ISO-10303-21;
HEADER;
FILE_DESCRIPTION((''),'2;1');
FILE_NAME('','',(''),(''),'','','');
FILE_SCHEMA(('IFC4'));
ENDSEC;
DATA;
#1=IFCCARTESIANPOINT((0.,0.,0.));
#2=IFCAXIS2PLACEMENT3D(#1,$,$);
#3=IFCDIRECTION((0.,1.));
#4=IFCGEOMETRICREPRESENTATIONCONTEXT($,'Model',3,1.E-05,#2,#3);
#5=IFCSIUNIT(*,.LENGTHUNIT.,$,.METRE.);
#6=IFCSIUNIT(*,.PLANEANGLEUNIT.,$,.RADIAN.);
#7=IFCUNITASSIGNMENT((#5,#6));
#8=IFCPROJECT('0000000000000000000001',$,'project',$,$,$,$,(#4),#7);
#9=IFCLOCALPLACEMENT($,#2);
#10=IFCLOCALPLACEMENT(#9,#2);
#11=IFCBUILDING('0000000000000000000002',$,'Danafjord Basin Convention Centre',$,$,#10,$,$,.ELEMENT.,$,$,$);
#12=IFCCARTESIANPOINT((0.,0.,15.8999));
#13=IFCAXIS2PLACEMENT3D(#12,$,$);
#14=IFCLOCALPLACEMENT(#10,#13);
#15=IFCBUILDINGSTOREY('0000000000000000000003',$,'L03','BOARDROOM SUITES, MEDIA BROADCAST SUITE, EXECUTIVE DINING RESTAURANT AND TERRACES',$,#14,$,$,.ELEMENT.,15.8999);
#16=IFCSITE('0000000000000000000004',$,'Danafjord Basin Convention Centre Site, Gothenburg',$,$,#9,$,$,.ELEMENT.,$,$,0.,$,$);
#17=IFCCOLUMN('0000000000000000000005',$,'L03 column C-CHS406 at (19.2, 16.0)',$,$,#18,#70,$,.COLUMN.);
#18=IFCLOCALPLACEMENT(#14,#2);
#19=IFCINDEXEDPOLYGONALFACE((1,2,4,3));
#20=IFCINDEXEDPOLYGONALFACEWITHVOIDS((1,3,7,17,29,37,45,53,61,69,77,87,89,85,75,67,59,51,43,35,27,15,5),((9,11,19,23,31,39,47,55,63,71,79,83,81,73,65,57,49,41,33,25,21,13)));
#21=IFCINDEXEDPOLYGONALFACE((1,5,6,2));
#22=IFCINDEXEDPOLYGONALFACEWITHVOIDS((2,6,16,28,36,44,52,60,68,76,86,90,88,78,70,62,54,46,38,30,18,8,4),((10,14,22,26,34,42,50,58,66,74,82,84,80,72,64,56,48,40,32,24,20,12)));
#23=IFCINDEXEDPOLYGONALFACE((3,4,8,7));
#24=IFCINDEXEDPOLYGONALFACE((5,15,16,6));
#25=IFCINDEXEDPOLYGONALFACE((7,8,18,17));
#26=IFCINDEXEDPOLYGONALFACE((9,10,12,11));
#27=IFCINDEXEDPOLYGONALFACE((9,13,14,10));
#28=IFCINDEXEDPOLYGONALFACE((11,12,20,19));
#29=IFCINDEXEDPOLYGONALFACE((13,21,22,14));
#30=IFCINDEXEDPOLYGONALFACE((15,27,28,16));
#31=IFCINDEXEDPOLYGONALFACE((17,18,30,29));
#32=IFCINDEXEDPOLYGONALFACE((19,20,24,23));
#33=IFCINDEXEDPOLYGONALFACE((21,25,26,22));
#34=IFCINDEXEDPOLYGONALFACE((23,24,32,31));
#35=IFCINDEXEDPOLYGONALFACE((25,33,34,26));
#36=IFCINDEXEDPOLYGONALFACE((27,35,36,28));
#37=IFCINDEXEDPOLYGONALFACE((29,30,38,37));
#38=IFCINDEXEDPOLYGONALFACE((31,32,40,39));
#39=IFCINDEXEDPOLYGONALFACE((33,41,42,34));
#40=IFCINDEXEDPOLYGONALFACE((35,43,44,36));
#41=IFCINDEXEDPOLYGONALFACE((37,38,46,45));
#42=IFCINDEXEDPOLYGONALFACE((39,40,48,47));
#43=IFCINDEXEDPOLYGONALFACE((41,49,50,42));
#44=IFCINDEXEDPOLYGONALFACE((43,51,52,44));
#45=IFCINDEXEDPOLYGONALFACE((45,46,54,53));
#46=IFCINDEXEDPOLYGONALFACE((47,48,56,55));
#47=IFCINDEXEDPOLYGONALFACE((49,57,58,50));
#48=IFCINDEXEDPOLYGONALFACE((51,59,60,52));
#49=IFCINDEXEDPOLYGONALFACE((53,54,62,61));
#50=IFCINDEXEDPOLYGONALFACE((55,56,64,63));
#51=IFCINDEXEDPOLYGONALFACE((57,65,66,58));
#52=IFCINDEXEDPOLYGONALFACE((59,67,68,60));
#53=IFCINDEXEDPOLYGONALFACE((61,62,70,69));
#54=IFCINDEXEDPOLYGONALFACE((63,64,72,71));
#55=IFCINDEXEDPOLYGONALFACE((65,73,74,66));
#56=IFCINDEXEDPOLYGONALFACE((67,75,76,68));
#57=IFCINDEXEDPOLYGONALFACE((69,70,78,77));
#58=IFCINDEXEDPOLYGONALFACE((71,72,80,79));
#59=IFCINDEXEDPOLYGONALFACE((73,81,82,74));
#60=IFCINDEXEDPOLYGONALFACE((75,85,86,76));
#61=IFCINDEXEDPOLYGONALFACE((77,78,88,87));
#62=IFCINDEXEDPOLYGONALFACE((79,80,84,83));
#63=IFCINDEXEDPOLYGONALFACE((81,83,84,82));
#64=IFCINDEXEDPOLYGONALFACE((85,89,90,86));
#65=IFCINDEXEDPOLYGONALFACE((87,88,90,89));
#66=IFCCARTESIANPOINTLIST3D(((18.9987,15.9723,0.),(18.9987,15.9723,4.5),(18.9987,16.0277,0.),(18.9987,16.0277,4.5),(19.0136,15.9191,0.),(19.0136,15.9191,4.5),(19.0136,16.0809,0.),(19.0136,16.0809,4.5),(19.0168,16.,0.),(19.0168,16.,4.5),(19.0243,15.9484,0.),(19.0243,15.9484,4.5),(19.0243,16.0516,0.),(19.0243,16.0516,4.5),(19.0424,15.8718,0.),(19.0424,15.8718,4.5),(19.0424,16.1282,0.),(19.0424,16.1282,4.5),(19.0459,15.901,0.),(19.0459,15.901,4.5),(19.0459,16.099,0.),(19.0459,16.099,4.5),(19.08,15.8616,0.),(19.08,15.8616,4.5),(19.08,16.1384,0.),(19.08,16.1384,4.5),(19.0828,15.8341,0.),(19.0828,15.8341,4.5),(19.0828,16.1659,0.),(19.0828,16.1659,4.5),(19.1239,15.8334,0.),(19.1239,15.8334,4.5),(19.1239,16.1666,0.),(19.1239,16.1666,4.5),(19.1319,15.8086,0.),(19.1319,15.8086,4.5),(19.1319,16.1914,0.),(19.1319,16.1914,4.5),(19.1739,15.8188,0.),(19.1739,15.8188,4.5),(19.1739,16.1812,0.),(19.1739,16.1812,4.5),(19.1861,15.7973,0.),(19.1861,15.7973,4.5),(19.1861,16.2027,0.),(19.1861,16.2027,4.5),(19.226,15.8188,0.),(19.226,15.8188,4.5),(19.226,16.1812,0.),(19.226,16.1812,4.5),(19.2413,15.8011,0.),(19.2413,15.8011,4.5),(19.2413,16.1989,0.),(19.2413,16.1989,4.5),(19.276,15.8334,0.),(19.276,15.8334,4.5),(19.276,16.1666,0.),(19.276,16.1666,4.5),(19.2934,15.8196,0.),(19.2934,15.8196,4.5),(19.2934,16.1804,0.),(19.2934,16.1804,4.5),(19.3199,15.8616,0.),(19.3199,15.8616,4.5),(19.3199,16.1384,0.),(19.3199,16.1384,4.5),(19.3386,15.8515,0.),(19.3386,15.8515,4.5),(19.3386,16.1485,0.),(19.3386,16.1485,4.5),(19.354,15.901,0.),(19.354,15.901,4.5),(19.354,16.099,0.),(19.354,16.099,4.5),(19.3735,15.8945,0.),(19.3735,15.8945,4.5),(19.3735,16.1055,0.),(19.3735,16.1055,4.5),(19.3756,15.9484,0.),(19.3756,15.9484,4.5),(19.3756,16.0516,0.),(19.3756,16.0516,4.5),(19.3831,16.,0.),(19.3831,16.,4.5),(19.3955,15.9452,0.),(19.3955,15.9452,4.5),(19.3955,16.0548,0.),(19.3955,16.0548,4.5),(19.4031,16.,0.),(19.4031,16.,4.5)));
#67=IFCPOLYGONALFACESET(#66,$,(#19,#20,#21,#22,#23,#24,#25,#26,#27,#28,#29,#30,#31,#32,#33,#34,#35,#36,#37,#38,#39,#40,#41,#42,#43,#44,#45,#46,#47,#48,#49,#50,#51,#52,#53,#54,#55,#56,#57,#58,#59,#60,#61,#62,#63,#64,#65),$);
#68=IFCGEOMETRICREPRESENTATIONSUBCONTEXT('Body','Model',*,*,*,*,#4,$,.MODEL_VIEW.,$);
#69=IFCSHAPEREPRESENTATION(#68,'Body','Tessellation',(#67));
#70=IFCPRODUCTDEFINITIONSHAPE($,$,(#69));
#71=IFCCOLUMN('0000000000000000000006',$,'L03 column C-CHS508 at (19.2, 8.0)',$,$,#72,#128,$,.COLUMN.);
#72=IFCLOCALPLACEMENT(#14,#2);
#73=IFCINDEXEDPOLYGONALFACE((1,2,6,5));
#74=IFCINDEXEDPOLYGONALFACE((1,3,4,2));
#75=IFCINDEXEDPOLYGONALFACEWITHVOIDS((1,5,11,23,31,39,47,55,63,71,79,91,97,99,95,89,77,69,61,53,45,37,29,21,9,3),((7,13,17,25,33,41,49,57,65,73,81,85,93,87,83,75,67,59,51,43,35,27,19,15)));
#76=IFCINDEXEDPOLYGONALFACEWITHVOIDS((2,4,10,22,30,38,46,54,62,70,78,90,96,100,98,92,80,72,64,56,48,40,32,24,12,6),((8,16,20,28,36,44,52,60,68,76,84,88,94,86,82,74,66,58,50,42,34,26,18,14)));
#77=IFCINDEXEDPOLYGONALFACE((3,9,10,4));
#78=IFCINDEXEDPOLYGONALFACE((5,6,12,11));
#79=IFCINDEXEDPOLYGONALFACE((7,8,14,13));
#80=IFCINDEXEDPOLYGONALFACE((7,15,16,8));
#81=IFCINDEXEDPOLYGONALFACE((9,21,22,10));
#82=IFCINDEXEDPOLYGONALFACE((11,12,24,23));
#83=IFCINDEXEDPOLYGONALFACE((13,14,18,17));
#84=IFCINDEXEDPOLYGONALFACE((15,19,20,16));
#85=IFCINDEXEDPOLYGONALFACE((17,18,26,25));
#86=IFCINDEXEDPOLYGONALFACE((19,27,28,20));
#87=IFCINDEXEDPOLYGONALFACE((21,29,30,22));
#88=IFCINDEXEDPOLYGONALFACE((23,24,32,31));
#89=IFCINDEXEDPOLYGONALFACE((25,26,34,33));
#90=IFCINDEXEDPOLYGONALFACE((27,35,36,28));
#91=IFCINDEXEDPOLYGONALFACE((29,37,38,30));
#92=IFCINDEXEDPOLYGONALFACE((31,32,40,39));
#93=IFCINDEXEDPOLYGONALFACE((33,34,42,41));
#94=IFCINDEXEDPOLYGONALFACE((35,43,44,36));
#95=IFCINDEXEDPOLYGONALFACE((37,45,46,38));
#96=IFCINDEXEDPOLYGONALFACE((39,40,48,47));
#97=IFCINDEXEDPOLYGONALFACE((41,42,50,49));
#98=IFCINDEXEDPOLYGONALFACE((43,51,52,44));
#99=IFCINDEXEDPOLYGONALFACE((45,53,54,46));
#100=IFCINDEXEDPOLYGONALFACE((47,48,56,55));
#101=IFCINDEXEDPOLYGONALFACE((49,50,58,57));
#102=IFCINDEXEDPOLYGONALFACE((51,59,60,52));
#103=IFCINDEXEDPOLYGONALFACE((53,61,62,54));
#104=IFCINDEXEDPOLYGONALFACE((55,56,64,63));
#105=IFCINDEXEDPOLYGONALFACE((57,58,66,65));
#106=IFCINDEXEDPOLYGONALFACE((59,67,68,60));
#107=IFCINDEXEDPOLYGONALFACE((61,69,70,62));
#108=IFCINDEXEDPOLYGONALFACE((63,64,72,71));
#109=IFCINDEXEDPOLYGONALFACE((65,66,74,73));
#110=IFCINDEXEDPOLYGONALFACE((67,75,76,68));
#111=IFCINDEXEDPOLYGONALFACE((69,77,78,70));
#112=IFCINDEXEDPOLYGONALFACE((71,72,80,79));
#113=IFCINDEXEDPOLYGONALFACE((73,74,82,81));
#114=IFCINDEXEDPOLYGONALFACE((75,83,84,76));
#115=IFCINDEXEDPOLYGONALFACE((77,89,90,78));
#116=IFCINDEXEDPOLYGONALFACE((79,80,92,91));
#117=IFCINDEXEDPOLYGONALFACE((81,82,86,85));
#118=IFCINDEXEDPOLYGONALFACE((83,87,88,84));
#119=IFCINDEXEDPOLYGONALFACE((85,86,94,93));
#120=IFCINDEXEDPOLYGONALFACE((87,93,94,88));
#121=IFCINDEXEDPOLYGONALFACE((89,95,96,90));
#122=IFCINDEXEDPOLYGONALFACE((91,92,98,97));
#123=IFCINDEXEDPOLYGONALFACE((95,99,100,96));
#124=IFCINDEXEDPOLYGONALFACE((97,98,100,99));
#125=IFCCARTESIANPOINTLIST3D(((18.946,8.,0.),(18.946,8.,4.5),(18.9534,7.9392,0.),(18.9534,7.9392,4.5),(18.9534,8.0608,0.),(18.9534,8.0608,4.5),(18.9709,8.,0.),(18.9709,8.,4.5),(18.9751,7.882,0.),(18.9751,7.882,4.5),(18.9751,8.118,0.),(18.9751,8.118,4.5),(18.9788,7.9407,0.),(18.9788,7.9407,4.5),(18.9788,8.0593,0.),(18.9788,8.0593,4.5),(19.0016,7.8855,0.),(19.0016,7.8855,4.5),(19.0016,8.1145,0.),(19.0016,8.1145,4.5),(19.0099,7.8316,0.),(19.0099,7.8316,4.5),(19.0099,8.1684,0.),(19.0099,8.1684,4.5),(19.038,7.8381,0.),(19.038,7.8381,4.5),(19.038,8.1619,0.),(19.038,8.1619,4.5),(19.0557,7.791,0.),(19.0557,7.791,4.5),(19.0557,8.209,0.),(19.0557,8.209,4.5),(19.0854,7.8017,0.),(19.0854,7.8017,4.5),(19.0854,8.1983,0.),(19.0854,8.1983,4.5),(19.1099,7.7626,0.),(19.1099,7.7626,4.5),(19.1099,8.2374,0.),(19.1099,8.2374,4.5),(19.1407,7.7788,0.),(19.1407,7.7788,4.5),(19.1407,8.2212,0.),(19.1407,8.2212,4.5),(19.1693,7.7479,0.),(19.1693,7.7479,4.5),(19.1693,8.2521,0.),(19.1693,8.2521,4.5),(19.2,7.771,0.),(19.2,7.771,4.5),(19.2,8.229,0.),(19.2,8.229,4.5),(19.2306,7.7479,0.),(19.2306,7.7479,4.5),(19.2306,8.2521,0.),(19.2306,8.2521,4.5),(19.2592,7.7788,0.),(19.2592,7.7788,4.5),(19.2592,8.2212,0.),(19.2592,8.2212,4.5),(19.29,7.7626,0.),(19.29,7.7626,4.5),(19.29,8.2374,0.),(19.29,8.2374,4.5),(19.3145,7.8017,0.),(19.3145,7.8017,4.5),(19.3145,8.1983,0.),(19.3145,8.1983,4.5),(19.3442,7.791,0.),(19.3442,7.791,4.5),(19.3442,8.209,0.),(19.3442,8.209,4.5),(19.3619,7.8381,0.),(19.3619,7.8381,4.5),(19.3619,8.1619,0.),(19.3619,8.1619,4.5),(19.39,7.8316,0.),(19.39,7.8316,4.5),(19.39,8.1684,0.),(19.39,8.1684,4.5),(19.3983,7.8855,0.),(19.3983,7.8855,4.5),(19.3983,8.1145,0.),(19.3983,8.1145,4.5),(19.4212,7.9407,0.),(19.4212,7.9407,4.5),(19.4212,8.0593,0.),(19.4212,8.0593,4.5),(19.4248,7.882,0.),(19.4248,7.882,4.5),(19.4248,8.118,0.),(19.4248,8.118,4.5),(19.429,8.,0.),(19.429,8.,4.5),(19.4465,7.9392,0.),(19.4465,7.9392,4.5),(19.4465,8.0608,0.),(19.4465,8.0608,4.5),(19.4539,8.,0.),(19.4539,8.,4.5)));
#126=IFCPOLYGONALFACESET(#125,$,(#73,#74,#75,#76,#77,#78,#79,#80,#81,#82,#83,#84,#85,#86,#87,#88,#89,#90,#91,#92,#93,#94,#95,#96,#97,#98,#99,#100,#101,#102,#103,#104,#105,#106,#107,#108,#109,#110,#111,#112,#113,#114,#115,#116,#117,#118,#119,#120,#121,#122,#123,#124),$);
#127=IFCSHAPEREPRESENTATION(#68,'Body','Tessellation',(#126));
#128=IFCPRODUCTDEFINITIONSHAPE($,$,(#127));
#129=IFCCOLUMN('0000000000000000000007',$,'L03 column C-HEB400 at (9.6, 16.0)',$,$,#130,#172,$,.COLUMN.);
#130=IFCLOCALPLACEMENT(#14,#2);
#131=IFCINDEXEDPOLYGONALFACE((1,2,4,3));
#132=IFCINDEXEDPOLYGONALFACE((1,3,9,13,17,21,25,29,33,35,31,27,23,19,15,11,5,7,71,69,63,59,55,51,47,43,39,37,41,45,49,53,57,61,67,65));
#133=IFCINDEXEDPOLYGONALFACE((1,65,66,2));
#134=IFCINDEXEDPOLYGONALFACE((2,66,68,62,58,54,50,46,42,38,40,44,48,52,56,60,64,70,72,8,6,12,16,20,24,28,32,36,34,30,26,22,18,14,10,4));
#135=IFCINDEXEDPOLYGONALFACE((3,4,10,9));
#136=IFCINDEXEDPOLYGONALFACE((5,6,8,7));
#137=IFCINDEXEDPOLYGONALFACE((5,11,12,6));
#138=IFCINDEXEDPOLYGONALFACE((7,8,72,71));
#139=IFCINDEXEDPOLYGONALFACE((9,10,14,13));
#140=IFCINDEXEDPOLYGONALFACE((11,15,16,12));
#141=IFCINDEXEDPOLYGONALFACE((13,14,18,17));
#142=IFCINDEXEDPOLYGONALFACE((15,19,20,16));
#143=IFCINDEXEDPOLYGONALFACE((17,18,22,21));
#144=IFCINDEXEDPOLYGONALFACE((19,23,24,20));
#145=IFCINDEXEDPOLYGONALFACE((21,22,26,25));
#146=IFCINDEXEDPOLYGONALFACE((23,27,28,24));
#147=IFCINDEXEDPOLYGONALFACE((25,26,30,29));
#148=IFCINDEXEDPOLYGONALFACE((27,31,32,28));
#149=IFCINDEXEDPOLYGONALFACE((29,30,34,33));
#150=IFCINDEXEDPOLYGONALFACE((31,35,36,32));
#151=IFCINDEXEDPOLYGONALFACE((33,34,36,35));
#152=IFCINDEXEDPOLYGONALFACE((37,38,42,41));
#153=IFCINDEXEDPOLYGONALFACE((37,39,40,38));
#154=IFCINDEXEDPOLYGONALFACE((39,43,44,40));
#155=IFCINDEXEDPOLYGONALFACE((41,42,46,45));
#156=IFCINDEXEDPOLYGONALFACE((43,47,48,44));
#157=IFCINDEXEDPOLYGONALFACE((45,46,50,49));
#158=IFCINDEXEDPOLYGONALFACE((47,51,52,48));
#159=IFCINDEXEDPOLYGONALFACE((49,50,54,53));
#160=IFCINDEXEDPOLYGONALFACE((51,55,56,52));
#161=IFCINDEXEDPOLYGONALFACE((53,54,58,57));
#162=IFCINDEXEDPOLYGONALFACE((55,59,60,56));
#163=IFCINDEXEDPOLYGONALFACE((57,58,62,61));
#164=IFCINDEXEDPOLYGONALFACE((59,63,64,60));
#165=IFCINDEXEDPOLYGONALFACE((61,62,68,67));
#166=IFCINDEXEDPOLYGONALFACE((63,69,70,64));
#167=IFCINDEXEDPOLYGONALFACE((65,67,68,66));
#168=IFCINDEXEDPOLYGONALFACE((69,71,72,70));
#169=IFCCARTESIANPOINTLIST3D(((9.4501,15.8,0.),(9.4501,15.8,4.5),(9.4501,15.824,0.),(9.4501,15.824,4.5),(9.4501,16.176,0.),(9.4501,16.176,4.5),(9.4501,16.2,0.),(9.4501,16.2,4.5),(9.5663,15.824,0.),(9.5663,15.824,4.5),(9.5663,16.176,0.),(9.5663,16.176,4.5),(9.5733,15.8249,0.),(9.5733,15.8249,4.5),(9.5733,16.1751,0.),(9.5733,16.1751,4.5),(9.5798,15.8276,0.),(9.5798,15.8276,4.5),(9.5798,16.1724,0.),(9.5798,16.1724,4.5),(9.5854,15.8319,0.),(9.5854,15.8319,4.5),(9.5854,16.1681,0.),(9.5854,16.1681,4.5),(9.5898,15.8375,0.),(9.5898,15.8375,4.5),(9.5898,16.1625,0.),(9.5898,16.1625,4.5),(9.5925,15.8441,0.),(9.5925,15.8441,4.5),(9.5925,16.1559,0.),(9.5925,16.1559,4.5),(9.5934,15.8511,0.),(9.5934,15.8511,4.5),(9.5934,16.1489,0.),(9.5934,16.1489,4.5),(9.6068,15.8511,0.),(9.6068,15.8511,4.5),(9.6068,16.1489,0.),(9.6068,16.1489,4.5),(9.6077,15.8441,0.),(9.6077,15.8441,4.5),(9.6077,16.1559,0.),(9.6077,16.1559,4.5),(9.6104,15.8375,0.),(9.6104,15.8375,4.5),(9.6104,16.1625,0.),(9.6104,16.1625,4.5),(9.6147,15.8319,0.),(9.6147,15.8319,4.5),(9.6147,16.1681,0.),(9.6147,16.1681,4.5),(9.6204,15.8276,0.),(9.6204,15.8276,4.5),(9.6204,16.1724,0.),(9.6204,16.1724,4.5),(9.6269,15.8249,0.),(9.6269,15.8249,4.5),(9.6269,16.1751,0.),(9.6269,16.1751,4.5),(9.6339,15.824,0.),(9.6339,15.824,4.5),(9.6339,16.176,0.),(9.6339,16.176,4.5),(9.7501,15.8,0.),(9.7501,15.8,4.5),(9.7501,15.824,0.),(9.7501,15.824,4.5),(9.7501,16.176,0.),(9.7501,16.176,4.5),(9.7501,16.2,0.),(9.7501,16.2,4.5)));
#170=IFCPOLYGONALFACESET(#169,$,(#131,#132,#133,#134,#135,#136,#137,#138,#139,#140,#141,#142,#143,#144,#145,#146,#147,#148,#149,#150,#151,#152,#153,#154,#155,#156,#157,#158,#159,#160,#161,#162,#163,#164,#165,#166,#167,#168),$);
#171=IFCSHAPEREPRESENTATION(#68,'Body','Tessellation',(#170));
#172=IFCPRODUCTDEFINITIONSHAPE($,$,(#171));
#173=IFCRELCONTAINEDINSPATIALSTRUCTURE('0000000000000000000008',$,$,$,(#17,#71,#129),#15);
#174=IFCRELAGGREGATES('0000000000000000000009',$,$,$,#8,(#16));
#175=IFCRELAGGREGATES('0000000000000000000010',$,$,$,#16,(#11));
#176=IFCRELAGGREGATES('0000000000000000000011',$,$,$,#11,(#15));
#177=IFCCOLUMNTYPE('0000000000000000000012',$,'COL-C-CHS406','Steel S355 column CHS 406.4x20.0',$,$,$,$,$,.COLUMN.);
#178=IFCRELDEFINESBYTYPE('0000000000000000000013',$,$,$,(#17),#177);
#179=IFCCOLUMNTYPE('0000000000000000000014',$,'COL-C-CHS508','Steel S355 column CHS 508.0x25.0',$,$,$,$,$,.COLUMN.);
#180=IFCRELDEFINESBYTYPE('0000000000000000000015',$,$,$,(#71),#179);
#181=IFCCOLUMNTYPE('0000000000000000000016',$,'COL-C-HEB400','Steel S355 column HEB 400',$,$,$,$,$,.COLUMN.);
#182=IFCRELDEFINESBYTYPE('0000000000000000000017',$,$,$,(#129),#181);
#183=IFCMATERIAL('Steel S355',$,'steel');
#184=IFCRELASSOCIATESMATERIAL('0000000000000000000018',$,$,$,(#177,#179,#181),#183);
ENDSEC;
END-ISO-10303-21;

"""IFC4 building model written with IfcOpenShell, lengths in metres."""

from ifc_helpers import new_model, si_unit, direction, frame, origin, origin_2d, place, context, subcontext, project, spatial, hollow_circle, i_section, extrude, material, material_profile, profile_set, type_object, element, save


model = new_model("IFC4")

# Units and contexts
model_context = context("Model", 3, precision=1e-05, world=origin(), true_north=direction((0.0, 1.0)))
body_context = subcontext(model_context, "Body", "Model", "MODEL_VIEW")
ifc_project = project(units=[si_unit("LENGTHUNIT", "METRE"), si_unit("PLANEANGLEUNIT", "RADIAN")], contexts=[model_context])

# Site, building, storey
site_placement = place(None, origin())
site = spatial("IfcSite", under=ifc_project, at=site_placement, Name="Danafjord Basin Convention Centre Site, Gothenburg", CompositionType="ELEMENT", RefElevation=0.0)
building_placement = place(site_placement, origin())
building = spatial("IfcBuilding", under=site, at=building_placement, Name="Danafjord Basin Convention Centre", CompositionType="ELEMENT")
storey_placement = place(building_placement, frame((0.0, 0.0, 15.8999)))
storey = spatial("IfcBuildingStorey", under=building, at=storey_placement, Name="L03", Description="BOARDROOM SUITES, MEDIA BROADCAST SUITE, EXECUTIVE DINING RESTAURANT AND TERRACES", CompositionType="ELEMENT", Elevation=15.8999)

# Columns
ifc_material_1 = material(Name="Steel S355", Category="steel")
ifc_material_profile_1 = material_profile(ifc_material_1, hollow_circle(Radius=0.2031, WallThickness=0.02, at=origin_2d()), Name="CHS 406.4x20.0")
ifc_profile_set_1 = profile_set([ifc_material_profile_1], Name="Steel S355")
column_type_1 = type_object("IfcColumnType", Name="COL-C-CHS406", Description="Steel S355 column CHS 406.4x20.0", PredefinedType="COLUMN", material=ifc_profile_set_1)
column_1_placement = place(storey_placement, frame((19.2, 16.0, 0.0), z_axis=(0.0, 0.0, 1.0), x_axis=(1.0, 0.0, 0.0)))
element("IfcColumn", 1, at=column_1_placement, inside=storey, type_object=column_type_1, Name="L03 column C-CHS406 at (19.2, 16.0)", PredefinedType="COLUMN", context=body_context, shape_type="SweptSolid", body=[
    extrude(hollow_circle(Radius=0.2031, WallThickness=0.02, at=origin_2d()), origin(), (0.0, 0.0, 1.0), 4.5),
])
ifc_material_profile_2 = material_profile(ifc_material_1, hollow_circle(Radius=0.2539, WallThickness=0.0249, at=origin_2d()), Name="CHS 508.0x25.0")
ifc_profile_set_2 = profile_set([ifc_material_profile_2], Name="Steel S355")
column_type_2 = type_object("IfcColumnType", Name="COL-C-CHS508", Description="Steel S355 column CHS 508.0x25.0", PredefinedType="COLUMN", material=ifc_profile_set_2)
column_2_placement = place(storey_placement, frame((19.2, 8.0, 0.0), z_axis=(0.0, 0.0, 1.0), x_axis=(1.0, 0.0, 0.0)))
element("IfcColumn", 2, at=column_2_placement, inside=storey, type_object=column_type_2, Name="L03 column C-CHS508 at (19.2, 8.0)", PredefinedType="COLUMN", context=body_context, shape_type="SweptSolid", body=[
    extrude(hollow_circle(Radius=0.2539, WallThickness=0.0249, at=origin_2d()), origin(), (0.0, 0.0, 1.0), 4.5),
])
ifc_material_profile_3 = material_profile(ifc_material_1, i_section(OverallWidth=0.3, OverallDepth=0.3999, WebThickness=0.0134, FlangeThickness=0.0239, FilletRadius=0.0271, at=origin_2d()), Name="HEB 400")
ifc_profile_set_3 = profile_set([ifc_material_profile_3], Name="Steel S355")
column_type_3 = type_object("IfcColumnType", Name="COL-C-HEB400", Description="Steel S355 column HEB 400", PredefinedType="COLUMN", material=ifc_profile_set_3)
column_3_placement = place(storey_placement, frame((9.6001, 16.0, 0.0), z_axis=(0.0, 0.0, 1.0), x_axis=(1.0, 0.0, 0.0)))
element("IfcColumn", 3, at=column_3_placement, inside=storey, type_object=column_type_3, Name="L03 column C-HEB400 at (9.6, 16.0)", PredefinedType="COLUMN", context=body_context, shape_type="SweptSolid", body=[
    extrude(i_section(OverallWidth=0.3, OverallDepth=0.3999, WebThickness=0.0134, FlangeThickness=0.0239, FilletRadius=0.0271, at=origin_2d()), origin(), (0.0, 0.0, 1.0), 4.5),
])

save(model, "model.ifc")
